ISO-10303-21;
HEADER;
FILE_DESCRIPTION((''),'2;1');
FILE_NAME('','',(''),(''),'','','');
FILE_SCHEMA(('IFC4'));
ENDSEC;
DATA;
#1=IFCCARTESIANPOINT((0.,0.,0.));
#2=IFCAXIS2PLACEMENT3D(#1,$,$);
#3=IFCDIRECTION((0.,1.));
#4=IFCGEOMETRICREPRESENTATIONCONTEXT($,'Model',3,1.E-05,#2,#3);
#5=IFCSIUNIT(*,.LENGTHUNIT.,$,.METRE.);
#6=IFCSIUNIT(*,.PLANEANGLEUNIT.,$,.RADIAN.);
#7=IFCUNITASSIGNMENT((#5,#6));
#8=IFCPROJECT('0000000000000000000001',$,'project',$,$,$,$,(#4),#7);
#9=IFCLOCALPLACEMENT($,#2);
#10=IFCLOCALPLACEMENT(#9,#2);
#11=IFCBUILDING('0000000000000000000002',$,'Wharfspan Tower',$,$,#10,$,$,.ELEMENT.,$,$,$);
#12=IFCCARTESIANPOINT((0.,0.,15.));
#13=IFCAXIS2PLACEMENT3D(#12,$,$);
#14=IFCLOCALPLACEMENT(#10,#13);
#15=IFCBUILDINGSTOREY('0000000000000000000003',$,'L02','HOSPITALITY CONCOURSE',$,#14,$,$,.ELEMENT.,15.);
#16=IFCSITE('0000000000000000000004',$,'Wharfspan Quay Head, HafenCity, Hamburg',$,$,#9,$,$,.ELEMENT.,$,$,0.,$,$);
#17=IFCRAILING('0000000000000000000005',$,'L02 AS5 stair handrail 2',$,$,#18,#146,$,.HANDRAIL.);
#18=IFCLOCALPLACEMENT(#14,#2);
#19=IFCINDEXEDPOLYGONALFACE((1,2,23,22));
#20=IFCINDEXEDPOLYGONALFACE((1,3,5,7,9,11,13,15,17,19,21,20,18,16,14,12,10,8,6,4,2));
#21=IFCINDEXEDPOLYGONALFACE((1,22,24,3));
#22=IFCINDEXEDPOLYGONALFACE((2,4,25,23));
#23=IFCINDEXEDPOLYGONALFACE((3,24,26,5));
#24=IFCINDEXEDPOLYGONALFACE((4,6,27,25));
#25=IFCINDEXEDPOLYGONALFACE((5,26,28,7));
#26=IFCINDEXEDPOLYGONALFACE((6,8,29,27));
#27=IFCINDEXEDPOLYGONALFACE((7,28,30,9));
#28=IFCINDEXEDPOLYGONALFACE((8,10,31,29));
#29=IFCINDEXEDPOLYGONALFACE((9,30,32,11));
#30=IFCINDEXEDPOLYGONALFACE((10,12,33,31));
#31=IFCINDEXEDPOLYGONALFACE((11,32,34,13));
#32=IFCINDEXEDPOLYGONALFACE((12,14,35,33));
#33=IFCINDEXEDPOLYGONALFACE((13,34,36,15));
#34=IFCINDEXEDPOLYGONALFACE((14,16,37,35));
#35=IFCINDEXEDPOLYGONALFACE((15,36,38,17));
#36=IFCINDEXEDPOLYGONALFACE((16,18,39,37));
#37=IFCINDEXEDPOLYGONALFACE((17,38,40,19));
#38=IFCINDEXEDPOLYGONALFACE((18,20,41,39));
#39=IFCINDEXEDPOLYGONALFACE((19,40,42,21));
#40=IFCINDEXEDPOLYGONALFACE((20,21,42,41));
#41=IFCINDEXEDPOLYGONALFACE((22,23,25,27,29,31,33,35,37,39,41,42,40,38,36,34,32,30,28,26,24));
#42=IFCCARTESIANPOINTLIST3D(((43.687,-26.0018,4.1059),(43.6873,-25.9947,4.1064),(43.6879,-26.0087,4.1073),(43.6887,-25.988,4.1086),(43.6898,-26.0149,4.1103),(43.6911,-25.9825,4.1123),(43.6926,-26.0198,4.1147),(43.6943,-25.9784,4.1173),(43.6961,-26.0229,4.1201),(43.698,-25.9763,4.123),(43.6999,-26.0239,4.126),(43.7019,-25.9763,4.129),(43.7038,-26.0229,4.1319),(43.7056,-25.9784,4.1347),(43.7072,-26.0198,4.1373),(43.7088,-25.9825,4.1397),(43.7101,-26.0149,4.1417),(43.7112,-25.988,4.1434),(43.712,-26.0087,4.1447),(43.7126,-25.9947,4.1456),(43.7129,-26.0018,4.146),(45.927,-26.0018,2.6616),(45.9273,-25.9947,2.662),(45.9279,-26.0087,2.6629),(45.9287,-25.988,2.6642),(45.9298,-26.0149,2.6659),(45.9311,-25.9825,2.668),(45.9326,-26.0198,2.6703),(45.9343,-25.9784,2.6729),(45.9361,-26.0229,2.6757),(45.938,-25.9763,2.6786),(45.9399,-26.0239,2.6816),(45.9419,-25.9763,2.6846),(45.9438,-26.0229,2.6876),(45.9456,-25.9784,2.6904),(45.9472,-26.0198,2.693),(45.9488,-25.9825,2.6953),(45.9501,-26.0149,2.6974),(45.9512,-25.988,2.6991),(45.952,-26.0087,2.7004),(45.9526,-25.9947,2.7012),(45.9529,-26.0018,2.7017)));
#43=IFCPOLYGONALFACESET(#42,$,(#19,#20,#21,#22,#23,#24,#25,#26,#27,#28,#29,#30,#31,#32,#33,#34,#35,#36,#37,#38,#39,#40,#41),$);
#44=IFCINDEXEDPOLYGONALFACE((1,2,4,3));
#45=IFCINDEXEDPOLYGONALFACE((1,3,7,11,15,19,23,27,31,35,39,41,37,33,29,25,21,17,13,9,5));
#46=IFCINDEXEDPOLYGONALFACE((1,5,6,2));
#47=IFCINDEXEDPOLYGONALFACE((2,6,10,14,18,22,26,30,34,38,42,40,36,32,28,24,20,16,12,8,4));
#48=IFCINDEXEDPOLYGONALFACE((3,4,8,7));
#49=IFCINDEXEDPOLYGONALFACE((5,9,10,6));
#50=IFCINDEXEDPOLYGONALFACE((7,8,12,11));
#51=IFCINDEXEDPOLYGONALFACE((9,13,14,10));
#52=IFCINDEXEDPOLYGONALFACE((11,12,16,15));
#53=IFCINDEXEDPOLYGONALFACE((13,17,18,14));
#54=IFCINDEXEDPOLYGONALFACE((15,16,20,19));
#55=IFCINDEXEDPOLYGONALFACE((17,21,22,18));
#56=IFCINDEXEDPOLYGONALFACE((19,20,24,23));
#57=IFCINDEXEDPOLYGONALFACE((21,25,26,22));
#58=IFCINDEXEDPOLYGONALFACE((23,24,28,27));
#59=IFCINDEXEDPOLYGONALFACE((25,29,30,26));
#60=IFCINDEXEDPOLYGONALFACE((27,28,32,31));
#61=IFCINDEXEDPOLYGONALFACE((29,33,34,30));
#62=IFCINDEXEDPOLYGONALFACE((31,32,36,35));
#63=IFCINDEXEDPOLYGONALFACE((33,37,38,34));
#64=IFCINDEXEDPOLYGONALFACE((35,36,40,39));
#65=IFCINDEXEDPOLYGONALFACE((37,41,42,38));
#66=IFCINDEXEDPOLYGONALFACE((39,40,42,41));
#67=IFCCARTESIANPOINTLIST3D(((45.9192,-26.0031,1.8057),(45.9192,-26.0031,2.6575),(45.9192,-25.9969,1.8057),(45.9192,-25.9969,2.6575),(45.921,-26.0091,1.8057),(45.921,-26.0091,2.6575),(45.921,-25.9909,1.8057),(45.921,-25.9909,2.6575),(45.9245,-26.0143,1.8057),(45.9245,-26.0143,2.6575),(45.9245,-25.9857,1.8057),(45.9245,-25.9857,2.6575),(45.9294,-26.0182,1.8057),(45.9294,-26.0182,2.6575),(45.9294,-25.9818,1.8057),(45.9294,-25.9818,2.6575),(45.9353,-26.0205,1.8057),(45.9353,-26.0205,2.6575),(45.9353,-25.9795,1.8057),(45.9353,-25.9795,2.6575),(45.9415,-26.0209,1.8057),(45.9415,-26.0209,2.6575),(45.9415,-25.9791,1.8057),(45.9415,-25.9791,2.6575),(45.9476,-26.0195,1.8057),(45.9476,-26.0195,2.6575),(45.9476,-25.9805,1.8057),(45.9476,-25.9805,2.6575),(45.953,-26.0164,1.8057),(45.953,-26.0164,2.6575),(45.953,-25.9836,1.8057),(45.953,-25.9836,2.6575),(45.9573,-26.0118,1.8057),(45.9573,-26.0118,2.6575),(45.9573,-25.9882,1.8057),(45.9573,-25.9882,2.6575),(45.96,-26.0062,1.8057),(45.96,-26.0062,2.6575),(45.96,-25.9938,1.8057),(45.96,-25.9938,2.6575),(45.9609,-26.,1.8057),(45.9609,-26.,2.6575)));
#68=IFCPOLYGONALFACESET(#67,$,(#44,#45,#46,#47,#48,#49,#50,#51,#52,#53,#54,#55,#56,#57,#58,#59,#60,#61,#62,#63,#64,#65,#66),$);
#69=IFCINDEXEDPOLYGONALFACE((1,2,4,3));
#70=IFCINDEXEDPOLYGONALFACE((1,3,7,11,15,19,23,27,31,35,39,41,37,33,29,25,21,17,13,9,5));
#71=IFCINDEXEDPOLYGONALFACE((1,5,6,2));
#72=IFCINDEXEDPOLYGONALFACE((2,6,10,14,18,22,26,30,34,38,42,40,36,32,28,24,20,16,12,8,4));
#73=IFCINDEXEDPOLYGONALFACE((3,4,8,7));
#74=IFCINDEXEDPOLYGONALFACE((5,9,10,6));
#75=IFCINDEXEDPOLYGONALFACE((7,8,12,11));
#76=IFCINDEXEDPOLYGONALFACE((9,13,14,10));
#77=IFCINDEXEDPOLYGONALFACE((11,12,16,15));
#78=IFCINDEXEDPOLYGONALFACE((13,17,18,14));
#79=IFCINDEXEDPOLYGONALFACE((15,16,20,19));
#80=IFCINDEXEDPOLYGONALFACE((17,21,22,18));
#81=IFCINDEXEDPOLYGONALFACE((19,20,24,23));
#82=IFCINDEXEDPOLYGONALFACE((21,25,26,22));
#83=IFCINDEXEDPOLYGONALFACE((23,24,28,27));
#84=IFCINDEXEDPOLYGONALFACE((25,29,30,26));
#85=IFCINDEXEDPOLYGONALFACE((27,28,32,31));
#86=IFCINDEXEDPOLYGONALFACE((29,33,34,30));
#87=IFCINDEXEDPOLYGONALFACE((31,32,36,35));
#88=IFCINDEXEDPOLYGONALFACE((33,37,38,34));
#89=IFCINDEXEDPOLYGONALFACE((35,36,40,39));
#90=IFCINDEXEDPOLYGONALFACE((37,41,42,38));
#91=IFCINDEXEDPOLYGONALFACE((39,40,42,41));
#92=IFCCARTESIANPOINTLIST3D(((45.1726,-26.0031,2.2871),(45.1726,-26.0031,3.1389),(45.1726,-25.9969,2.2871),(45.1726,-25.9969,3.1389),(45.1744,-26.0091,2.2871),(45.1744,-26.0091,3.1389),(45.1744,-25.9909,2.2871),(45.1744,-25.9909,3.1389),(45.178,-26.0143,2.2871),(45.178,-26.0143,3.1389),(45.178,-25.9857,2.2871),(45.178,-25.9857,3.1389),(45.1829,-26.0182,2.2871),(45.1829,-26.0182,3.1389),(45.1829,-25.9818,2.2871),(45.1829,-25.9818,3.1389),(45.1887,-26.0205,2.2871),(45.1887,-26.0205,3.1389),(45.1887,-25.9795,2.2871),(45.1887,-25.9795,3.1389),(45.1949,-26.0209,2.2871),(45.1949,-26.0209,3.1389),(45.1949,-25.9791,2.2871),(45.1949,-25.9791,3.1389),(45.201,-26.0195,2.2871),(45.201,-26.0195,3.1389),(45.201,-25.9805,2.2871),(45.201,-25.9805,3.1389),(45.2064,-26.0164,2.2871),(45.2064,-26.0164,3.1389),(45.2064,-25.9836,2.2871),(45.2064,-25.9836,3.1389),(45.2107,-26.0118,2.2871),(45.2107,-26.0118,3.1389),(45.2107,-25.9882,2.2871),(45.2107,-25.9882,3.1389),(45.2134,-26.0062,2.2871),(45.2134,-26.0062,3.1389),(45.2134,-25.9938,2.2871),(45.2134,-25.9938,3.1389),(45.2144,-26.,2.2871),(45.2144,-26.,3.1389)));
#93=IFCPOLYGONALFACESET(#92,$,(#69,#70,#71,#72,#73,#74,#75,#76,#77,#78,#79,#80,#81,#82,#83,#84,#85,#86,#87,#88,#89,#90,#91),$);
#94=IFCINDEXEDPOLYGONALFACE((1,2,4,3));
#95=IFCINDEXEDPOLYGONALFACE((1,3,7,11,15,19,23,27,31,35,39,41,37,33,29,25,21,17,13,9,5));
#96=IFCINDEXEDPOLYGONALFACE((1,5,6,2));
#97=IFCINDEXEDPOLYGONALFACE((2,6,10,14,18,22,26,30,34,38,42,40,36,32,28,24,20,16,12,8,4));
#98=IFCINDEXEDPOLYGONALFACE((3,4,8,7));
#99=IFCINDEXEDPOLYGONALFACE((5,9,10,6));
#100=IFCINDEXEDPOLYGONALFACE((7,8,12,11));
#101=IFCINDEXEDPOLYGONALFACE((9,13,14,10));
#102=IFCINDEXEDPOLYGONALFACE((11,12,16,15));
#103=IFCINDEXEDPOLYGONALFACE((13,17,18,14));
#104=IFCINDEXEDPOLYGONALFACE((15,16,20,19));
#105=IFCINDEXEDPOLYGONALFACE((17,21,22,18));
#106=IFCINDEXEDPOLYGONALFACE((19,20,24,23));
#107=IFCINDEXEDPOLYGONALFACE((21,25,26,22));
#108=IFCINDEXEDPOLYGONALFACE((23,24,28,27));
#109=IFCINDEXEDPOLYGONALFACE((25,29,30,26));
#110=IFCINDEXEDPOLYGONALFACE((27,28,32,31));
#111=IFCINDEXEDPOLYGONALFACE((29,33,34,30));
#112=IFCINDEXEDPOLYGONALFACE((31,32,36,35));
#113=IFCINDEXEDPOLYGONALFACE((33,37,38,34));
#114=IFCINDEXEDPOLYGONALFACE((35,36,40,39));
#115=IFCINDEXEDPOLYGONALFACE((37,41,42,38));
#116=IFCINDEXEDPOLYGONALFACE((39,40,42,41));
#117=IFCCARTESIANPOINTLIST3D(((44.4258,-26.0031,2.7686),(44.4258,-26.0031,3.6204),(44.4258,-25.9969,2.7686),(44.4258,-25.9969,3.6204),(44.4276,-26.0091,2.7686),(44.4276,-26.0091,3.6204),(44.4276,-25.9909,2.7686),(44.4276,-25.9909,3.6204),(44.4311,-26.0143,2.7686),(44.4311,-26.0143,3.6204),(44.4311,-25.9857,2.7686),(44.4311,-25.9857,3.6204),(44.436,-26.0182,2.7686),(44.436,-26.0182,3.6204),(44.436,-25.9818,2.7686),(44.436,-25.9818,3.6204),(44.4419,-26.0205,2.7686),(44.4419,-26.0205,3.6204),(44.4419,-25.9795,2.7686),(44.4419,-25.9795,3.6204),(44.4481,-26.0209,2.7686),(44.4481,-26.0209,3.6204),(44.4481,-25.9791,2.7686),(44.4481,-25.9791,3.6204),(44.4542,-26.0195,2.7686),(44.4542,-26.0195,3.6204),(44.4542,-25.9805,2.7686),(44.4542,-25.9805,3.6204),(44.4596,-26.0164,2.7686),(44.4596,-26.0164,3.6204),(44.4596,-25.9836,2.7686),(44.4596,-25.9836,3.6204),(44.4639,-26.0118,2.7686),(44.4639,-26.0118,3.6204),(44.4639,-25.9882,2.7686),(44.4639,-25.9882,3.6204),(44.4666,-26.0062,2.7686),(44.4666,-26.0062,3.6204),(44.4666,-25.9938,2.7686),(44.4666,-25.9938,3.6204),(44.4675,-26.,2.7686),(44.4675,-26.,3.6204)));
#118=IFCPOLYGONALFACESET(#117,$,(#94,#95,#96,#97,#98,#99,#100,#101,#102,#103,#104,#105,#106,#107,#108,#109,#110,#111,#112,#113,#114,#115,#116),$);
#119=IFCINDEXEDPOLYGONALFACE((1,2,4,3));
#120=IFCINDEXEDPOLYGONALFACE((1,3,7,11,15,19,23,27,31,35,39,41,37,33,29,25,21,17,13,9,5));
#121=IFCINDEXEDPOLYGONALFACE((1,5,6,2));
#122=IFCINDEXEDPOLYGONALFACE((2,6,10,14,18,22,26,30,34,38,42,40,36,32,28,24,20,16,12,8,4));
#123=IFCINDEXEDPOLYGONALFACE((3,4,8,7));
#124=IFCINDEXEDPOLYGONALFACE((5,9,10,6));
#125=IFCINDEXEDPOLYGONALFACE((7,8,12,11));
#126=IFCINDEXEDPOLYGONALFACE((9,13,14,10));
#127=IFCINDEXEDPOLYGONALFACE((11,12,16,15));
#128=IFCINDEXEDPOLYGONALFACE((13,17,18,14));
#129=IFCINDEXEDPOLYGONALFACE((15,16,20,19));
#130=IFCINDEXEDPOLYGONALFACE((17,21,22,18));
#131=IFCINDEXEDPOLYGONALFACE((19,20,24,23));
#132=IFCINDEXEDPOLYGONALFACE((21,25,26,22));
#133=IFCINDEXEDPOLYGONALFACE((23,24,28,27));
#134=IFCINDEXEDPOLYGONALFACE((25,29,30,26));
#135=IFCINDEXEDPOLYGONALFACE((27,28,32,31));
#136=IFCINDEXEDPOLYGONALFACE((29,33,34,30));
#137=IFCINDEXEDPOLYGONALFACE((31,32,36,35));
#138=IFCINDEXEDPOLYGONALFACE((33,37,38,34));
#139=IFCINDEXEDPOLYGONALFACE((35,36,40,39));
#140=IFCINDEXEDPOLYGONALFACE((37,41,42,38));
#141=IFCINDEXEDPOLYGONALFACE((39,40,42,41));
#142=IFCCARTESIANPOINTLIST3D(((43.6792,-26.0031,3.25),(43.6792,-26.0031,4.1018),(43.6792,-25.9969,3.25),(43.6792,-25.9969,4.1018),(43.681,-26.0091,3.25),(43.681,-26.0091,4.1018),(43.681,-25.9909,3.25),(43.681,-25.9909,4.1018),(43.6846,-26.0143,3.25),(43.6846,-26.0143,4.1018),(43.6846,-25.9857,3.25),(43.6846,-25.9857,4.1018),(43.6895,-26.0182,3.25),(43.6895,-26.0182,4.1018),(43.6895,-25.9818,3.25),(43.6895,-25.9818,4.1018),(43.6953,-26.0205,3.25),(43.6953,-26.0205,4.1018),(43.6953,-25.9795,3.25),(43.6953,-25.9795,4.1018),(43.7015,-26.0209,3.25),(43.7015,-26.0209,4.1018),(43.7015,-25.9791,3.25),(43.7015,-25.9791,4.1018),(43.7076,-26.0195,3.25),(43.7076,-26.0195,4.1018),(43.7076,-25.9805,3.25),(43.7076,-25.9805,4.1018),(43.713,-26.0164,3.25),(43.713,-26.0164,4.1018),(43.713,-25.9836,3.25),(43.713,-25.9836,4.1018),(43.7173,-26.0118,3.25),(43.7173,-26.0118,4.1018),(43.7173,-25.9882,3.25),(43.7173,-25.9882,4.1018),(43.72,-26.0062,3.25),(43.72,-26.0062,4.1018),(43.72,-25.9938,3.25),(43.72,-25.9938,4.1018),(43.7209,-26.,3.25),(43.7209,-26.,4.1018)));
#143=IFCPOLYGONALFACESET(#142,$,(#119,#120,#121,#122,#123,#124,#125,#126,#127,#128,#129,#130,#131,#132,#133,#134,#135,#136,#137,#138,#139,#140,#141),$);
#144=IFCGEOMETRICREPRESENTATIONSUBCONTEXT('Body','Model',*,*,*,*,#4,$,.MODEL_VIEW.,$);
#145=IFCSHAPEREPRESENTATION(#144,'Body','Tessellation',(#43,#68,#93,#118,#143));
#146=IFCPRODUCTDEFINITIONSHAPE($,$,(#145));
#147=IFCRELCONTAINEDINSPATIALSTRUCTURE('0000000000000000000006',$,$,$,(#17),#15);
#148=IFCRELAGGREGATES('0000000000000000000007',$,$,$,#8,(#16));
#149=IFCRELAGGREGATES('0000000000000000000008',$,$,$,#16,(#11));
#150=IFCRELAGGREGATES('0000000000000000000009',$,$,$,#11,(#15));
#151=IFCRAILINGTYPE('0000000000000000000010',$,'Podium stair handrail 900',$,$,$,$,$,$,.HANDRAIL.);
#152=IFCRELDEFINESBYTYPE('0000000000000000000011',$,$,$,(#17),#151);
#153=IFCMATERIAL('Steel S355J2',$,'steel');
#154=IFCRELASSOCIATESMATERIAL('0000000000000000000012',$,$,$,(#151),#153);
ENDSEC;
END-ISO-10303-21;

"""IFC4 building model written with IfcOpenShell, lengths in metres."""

from ifc_helpers import new_model, si_unit, direction, frame, origin, origin_2d, place, context, subcontext, project, spatial, circle, extrude, material, type_object, element, save


model = new_model("IFC4")

# Units and contexts
model_context = context("Model", 3, precision=1e-05, world=origin(), true_north=direction((0.0, 1.0)))
body_context = subcontext(model_context, "Body", "Model", "MODEL_VIEW")
ifc_project = project(units=[si_unit("LENGTHUNIT", "METRE"), si_unit("PLANEANGLEUNIT", "RADIAN")], contexts=[model_context])

# Site, building, storey
site_placement = place(None, origin())
site = spatial("IfcSite", under=ifc_project, at=site_placement, Name="Wharfspan Quay Head, HafenCity, Hamburg", CompositionType="ELEMENT", RefElevation=0.0)
building_placement = place(site_placement, origin())
building = spatial("IfcBuilding", under=site, at=building_placement, Name="Wharfspan Tower", CompositionType="ELEMENT")
storey_placement = place(building_placement, frame((0.0, 0.0, 15.0)))
storey = spatial("IfcBuildingStorey", under=building, at=storey_placement, Name="L02", Description="HOSPITALITY CONCOURSE", CompositionType="ELEMENT", Elevation=15.0)

# Railing
ifc_material_1 = material(Name="Steel S355J2", Category="steel")
railing_type_1 = type_object("IfcRailingType", Name="Podium stair handrail 900", PredefinedType="HANDRAIL", material=ifc_material_1)
railing_1_placement = place(storey_placement, frame((45.9399, -26.0, 1.8057)))
element("IfcRailing", 1, at=railing_1_placement, inside=storey, type_object=railing_type_1, Name="L02 AS5 stair handrail 2", PredefinedType="HANDRAIL", context=body_context, shape_type="SweptSolid", body=[
    extrude(circle(Radius=0.0239, at=origin_2d()), frame((0.0, 0.0, 0.876), z_axis=(-0.840437, 0.0, 0.54191), x_axis=(0.0, -1.0, 0.0)), (0.0, 0.0, 1.0), 2.6653),
    extrude(circle(Radius=0.021, at=origin_2d()), origin(), (0.0, 0.0, 1.0), 0.8518),
    extrude(circle(Radius=0.021, at=origin_2d()), frame((-0.7466, 0.0, 0.4814)), (0.0, 0.0, 1.0), 0.8518),
    extrude(circle(Radius=0.021, at=origin_2d()), frame((-1.4934, 0.0, 0.9629)), (0.0, 0.0, 1.0), 0.8518),
    extrude(circle(Radius=0.021, at=origin_2d()), frame((-2.24, 0.0, 1.4443)), (0.0, 0.0, 1.0), 0.8518),
])

save(model, "model.ifc")
